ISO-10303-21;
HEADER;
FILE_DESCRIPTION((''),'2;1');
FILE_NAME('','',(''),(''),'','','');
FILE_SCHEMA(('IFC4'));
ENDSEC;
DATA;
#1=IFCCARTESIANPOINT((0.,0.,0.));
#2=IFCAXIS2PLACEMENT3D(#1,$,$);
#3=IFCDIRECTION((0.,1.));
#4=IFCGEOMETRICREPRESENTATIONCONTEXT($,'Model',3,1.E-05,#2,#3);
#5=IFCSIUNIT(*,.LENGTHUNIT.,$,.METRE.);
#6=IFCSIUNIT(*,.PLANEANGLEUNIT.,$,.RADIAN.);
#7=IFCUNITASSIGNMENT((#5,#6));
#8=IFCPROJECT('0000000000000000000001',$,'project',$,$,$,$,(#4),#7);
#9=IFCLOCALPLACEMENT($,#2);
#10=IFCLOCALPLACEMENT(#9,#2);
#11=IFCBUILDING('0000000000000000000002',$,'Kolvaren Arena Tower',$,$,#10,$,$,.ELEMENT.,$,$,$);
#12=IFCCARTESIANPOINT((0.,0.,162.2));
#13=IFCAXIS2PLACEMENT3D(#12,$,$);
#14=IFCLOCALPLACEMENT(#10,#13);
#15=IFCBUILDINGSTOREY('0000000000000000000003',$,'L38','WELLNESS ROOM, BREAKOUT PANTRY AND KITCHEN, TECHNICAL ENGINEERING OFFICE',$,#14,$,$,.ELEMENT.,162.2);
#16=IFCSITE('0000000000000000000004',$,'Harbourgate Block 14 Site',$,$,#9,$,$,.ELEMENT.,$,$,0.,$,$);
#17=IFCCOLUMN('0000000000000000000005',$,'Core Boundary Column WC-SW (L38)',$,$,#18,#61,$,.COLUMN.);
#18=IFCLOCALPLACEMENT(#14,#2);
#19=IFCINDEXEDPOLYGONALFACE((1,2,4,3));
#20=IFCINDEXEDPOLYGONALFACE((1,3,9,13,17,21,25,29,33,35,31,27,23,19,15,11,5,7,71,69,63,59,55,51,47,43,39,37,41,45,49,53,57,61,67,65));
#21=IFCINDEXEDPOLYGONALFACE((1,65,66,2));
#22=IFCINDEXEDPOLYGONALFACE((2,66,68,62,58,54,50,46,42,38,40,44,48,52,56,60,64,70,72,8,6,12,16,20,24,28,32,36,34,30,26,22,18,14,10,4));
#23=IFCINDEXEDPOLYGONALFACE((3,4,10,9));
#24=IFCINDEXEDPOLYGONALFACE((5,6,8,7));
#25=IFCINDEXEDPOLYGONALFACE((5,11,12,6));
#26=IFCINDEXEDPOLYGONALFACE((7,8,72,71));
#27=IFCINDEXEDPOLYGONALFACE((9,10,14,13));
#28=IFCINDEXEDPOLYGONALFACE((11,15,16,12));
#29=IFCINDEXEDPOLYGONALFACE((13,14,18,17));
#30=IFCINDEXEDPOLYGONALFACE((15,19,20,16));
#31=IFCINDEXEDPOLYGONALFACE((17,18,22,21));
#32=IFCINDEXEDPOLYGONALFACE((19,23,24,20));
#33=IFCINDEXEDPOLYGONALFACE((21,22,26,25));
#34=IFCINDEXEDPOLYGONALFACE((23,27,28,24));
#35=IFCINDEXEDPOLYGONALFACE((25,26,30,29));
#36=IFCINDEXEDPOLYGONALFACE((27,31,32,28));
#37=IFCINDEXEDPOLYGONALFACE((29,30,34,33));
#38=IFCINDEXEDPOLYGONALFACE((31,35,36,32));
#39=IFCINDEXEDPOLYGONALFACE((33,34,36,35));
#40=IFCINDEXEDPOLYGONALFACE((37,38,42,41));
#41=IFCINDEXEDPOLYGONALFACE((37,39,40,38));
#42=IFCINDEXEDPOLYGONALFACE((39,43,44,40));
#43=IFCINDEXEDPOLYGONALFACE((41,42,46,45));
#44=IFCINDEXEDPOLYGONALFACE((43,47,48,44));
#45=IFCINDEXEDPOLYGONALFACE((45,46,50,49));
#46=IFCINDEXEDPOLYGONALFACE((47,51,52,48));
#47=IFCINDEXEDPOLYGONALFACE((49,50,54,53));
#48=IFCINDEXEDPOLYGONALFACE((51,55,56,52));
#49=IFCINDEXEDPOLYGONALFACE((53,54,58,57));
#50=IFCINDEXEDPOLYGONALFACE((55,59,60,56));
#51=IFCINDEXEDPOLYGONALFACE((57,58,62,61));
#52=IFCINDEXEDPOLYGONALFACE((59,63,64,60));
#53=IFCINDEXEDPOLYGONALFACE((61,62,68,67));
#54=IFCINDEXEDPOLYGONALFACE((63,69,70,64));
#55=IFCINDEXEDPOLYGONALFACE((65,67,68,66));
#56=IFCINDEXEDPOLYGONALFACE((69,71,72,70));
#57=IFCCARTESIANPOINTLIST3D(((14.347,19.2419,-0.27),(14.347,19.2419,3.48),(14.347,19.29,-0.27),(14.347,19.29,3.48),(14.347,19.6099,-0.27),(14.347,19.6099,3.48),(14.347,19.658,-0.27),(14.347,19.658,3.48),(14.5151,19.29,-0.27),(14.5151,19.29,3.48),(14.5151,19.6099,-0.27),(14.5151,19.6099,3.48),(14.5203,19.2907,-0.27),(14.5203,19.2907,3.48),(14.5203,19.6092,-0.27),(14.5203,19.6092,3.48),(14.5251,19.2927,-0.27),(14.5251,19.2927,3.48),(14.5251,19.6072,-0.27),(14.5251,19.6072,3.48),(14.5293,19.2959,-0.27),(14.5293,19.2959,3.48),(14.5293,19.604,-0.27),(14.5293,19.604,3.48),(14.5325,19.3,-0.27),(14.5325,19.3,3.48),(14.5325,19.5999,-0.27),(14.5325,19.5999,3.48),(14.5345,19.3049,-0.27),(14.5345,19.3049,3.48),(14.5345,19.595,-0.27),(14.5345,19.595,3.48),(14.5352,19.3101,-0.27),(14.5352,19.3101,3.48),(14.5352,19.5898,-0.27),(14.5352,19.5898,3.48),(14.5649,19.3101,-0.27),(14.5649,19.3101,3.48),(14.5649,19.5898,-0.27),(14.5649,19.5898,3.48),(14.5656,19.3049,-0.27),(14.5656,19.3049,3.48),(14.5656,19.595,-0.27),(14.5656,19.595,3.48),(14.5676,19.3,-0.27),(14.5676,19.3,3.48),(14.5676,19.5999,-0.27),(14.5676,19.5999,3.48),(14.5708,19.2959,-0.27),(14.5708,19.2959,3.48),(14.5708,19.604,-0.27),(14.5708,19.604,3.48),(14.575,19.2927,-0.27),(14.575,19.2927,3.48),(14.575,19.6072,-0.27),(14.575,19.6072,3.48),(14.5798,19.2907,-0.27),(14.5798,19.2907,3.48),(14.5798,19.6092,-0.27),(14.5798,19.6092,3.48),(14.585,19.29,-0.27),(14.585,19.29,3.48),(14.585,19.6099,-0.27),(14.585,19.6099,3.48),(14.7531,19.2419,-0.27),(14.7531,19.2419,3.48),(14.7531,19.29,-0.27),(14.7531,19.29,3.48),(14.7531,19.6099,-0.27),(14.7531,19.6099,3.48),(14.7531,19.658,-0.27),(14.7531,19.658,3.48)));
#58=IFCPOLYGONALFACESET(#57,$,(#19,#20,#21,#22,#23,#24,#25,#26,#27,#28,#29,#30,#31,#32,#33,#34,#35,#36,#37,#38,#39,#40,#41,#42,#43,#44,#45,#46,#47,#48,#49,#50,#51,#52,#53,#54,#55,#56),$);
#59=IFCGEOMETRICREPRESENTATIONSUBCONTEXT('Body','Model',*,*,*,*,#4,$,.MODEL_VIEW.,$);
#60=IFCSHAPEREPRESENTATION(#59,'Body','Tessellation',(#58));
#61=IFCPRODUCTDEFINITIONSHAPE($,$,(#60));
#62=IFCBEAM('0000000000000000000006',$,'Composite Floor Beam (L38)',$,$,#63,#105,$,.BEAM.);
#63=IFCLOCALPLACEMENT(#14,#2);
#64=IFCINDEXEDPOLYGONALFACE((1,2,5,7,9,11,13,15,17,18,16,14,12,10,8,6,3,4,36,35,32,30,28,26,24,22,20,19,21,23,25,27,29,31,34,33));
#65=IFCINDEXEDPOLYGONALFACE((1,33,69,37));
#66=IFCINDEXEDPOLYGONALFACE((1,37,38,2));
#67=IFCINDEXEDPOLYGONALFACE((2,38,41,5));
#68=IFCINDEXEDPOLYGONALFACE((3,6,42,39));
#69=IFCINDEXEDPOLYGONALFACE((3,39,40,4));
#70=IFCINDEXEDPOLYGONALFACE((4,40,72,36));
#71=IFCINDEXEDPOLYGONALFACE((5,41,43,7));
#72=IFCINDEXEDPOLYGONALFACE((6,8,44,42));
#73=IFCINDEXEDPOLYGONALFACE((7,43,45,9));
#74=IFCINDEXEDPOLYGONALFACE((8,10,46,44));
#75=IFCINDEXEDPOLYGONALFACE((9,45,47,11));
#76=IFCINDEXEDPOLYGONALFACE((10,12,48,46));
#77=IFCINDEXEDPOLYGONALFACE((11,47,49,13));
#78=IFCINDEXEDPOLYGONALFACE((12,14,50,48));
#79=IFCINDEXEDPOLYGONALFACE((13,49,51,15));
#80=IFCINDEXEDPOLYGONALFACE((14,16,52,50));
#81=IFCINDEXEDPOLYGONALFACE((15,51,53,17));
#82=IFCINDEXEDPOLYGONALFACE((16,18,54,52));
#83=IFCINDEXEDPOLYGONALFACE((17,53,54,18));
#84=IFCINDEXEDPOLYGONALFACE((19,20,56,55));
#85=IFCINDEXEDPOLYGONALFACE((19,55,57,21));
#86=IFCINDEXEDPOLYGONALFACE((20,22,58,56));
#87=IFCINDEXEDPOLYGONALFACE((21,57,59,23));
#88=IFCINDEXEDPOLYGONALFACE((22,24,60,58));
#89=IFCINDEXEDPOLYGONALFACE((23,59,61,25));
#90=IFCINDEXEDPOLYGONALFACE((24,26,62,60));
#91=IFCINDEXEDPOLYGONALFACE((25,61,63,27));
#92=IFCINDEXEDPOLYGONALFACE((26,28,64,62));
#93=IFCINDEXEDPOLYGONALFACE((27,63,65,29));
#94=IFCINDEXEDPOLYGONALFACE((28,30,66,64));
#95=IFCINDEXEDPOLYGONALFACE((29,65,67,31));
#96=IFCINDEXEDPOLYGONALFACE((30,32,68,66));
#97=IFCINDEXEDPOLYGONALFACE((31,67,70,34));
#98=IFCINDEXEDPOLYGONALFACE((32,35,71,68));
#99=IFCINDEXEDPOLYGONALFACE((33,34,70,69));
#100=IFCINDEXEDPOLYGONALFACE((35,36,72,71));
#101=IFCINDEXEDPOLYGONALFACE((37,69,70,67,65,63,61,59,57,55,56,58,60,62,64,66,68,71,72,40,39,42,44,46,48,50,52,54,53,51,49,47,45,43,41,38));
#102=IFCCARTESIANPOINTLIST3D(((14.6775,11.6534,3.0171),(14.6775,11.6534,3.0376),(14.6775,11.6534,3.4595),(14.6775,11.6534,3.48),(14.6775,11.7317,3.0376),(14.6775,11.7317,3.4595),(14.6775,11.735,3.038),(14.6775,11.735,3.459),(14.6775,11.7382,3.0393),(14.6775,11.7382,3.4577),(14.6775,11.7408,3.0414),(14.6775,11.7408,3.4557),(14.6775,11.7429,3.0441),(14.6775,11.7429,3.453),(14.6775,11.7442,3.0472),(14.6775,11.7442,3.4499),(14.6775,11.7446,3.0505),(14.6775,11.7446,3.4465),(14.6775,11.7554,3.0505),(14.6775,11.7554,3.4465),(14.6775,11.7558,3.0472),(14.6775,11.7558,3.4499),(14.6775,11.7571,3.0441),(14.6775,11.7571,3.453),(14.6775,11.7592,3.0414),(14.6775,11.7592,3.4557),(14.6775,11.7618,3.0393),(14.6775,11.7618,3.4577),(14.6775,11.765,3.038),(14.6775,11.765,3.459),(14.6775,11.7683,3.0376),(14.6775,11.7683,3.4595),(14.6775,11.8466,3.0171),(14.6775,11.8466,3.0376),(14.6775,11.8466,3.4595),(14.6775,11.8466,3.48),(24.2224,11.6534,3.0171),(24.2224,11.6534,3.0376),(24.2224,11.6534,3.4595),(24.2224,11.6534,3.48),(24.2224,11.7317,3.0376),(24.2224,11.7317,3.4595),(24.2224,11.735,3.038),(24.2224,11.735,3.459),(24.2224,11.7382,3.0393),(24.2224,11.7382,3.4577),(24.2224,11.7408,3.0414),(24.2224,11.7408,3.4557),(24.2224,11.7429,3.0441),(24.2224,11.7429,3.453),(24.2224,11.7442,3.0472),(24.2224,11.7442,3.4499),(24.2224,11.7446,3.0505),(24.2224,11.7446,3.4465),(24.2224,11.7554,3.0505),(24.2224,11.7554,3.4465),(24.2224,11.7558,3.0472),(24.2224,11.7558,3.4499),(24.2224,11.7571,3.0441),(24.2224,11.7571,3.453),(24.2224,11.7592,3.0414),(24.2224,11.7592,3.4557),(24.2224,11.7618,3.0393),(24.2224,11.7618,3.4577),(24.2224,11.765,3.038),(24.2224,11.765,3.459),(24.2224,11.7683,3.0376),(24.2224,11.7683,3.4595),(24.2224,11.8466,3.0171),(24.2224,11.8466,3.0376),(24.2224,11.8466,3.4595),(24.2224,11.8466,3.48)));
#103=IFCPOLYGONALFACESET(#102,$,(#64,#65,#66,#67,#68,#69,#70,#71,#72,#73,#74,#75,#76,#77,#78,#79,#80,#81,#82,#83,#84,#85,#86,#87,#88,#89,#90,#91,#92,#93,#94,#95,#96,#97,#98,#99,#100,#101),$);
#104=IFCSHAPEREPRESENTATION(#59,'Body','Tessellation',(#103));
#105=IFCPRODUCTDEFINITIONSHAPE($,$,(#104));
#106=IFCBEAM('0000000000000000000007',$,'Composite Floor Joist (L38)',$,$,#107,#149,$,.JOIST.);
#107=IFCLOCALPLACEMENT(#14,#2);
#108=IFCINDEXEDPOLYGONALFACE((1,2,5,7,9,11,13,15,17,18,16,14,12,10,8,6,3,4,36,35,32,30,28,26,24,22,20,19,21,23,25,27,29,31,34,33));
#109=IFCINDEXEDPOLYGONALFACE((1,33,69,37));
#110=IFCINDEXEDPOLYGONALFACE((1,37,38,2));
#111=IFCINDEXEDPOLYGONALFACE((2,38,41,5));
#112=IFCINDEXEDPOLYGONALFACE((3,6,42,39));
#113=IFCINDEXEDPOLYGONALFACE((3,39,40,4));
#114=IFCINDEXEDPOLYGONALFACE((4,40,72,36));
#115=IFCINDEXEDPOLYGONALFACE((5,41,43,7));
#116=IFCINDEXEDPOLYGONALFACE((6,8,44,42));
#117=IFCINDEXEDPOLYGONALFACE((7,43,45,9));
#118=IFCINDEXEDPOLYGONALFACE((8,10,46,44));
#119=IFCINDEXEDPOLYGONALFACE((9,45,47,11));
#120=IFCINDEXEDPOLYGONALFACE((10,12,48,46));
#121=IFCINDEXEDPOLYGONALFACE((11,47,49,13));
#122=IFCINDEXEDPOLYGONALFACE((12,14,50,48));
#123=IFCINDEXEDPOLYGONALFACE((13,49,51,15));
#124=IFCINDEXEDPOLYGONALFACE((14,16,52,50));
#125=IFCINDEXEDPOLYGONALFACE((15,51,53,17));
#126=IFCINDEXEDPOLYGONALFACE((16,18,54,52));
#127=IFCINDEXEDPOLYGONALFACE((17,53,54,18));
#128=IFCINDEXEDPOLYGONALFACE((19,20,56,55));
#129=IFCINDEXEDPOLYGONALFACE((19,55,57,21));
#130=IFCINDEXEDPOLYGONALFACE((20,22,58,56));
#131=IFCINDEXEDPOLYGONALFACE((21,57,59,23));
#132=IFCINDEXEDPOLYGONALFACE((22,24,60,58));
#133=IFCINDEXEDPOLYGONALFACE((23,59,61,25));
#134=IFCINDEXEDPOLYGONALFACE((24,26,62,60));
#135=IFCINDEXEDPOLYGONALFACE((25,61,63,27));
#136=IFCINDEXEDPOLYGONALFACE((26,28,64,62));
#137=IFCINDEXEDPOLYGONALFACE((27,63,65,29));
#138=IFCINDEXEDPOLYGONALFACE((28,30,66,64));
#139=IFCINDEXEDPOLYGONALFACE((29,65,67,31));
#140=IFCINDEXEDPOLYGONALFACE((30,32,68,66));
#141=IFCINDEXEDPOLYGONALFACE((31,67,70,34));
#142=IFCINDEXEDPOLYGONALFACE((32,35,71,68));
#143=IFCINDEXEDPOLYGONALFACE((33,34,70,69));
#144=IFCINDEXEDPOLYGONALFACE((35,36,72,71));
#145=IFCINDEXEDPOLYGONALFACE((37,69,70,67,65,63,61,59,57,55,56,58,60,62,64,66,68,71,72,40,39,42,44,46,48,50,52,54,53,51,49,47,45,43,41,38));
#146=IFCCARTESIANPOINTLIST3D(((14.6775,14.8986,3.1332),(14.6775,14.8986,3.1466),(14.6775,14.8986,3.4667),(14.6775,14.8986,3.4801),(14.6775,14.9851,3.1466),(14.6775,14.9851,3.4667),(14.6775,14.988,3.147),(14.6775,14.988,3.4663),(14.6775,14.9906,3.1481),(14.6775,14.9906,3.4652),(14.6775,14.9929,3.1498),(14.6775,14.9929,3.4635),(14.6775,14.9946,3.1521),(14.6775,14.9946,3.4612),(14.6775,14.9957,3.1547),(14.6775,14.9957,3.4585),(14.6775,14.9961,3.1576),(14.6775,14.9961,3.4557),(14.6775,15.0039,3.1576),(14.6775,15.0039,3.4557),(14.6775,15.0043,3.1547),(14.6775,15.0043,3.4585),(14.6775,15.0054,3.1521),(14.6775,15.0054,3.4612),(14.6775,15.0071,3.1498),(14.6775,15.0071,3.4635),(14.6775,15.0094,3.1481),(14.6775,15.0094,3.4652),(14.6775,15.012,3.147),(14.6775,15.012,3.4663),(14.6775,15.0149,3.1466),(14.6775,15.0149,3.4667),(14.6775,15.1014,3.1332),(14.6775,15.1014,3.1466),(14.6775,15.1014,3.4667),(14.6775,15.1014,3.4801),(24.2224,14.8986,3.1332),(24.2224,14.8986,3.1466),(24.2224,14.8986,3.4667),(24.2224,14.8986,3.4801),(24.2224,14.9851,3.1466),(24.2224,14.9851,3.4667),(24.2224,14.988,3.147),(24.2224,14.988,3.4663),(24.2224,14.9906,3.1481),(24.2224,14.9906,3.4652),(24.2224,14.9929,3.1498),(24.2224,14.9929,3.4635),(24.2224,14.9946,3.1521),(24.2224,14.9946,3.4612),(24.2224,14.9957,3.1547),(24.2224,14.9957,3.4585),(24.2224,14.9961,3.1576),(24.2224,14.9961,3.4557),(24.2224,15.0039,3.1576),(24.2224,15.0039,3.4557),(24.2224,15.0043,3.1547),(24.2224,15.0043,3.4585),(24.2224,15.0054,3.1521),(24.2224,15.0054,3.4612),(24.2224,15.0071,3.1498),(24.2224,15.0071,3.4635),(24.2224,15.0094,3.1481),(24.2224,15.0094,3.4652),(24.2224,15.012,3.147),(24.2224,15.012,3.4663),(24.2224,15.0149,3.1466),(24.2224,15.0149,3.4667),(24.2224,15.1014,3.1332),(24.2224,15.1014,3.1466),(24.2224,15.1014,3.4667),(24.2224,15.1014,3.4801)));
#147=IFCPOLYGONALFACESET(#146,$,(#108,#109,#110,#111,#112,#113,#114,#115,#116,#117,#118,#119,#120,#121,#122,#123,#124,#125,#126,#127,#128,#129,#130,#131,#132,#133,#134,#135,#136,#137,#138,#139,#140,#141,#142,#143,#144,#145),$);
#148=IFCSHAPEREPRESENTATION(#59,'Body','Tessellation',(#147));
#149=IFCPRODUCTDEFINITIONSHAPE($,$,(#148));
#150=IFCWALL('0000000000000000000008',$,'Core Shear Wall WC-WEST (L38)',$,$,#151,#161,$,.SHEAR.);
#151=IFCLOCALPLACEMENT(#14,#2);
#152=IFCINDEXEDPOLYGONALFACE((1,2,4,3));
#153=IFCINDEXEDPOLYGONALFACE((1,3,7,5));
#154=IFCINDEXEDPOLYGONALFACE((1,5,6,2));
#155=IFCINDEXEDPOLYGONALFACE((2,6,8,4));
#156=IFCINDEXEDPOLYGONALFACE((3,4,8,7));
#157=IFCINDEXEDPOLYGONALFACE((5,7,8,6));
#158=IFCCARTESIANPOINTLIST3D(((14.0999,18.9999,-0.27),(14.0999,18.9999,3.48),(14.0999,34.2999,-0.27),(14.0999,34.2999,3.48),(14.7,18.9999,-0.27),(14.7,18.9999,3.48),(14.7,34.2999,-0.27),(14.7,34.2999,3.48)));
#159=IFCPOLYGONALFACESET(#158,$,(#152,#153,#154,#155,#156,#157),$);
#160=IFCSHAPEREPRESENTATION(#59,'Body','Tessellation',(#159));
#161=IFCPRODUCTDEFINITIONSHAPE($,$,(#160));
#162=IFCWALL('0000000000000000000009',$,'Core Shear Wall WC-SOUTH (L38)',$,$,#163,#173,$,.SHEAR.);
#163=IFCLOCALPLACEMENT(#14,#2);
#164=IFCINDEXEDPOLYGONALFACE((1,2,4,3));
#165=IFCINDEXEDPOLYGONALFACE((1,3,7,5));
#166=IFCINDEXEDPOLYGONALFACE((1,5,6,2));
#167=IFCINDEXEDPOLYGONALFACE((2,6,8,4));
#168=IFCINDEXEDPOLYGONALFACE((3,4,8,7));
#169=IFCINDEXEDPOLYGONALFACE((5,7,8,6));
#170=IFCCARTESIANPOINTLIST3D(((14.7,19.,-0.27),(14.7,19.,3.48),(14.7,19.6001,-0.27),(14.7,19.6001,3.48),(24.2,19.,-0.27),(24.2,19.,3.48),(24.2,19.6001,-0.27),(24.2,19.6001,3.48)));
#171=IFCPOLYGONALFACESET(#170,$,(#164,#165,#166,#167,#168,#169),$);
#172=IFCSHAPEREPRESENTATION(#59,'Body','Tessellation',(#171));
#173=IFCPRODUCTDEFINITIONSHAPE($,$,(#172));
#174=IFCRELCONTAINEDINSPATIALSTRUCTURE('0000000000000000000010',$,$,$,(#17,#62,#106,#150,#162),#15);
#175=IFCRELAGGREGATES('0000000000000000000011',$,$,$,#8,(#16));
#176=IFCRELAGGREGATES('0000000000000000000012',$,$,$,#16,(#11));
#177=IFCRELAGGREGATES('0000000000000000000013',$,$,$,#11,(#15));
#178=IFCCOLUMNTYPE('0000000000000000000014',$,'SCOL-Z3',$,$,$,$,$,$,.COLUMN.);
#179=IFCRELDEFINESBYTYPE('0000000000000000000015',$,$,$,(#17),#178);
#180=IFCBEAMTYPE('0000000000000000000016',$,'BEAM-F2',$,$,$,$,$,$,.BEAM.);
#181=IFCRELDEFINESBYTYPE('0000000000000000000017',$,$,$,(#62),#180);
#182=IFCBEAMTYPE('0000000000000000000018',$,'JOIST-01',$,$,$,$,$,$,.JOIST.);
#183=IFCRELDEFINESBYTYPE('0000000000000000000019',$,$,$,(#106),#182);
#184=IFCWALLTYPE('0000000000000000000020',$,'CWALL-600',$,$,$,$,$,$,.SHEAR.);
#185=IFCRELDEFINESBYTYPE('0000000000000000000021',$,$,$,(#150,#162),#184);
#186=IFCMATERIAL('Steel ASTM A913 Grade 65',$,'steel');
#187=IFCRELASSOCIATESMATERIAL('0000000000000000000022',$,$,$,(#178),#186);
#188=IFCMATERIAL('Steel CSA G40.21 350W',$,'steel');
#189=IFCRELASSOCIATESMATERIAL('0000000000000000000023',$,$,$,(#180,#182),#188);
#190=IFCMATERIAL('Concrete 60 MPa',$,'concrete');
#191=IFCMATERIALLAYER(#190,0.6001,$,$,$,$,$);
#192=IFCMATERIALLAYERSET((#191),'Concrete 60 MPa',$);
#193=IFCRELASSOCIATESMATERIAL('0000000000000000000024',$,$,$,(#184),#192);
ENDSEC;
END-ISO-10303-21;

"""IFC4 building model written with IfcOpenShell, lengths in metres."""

from ifc_helpers import new_model, si_unit, direction, frame, frame_2d, origin, origin_2d, place, context, subcontext, project, spatial, rectangle, i_section, extrude, material, layer, layer_set, material_profile, profile_set, type_object, element, save


model = new_model("IFC4")

# Units and contexts
model_context = context("Model", 3, precision=1e-05, world=origin(), true_north=direction((0.0, 1.0)))
body_context = subcontext(model_context, "Body", "Model", "MODEL_VIEW")
ifc_project = project(units=[si_unit("LENGTHUNIT", "METRE"), si_unit("PLANEANGLEUNIT", "RADIAN")], contexts=[model_context])

# Site, building, storey
site_placement = place(None, origin())
site = spatial("IfcSite", under=ifc_project, at=site_placement, Name="Harbourgate Block 14 Site", CompositionType="ELEMENT", RefElevation=0.0)
building_placement = place(site_placement, origin())
building = spatial("IfcBuilding", under=site, at=building_placement, Name="Kolvaren Arena Tower", CompositionType="ELEMENT")
storey_placement = place(building_placement, frame((0.0, 0.0, 162.2)))
storey = spatial("IfcBuildingStorey", under=building, at=storey_placement, Name="L38", Description="WELLNESS ROOM, BREAKOUT PANTRY AND KITCHEN, TECHNICAL ENGINEERING OFFICE", CompositionType="ELEMENT", Elevation=162.2)

# Column
ifc_material_1 = material(Name="Steel ASTM A913 Grade 65", Category="steel")
ifc_material_profile_1 = material_profile(ifc_material_1, i_section(OverallWidth=0.406, OverallDepth=0.416, WebThickness=0.0298, FlangeThickness=0.0481, FilletRadius=0.02, at=origin_2d()), Name="W360x382")
ifc_profile_set_1 = profile_set([ifc_material_profile_1], Name="Steel ASTM A913 Grade 65")
column_type = type_object("IfcColumnType", Name="SCOL-Z3", PredefinedType="COLUMN", material=ifc_profile_set_1)
column_placement = place(storey_placement, frame((14.55, 19.45, -0.27), z_axis=(0.0, 0.0, 1.0), x_axis=(1.0, 0.0, 0.0)))
element("IfcColumn", 1, at=column_placement, inside=storey, type_object=column_type, Name="Core Boundary Column WC-SW (L38)", PredefinedType="COLUMN", context=body_context, shape_type="SweptSolid", body=[
    extrude(i_section(OverallWidth=0.406, OverallDepth=0.416, WebThickness=0.0298, FlangeThickness=0.0481, FilletRadius=0.02, at=origin_2d()), origin(), (0.0, 0.0, 1.0), 3.75),
])

# Beams
ifc_material_2 = material(Name="Steel CSA G40.21 350W", Category="steel")
ifc_material_profile_2 = material_profile(ifc_material_2, i_section(OverallWidth=0.1931, OverallDepth=0.4629, WebThickness=0.0107, FlangeThickness=0.0205, FilletRadius=0.0129, at=origin_2d()), Name="W460x113")
ifc_profile_set_2 = profile_set([ifc_material_profile_2], Name="Steel CSA G40.21 350W")
beam_type_1 = type_object("IfcBeamType", Name="BEAM-F2", PredefinedType="BEAM", material=ifc_profile_set_2)
beam_1_placement = place(storey_placement, frame((14.6775, 11.75, 3.2485), z_axis=(1.0, 0.0, 0.0), x_axis=(0.0, 1.0, 0.0)))
element("IfcBeam", 2, at=beam_1_placement, inside=storey, type_object=beam_type_1, Name="Composite Floor Beam (L38)", PredefinedType="BEAM", context=body_context, shape_type="SweptSolid", body=[
    extrude(i_section(OverallWidth=0.1931, OverallDepth=0.4629, WebThickness=0.0107, FlangeThickness=0.0205, FilletRadius=0.0129, at=origin_2d()), origin(), (0.0, 0.0, 1.0), 9.5449),
])
ifc_material_profile_3 = material_profile(ifc_material_2, i_section(OverallWidth=0.2029, OverallDepth=0.3469, WebThickness=0.0078, FlangeThickness=0.0134, FilletRadius=0.011, at=origin_2d()), Name="W360x64")
ifc_profile_set_3 = profile_set([ifc_material_profile_3], Name="Steel CSA G40.21 350W")
beam_type_2 = type_object("IfcBeamType", Name="JOIST-01", PredefinedType="JOIST", material=ifc_profile_set_3)
beam_2_placement = place(storey_placement, frame((14.6775, 15.0, 3.3066), z_axis=(1.0, 0.0, 0.0), x_axis=(0.0, 1.0, 0.0)))
element("IfcBeam", 3, at=beam_2_placement, inside=storey, type_object=beam_type_2, Name="Composite Floor Joist (L38)", PredefinedType="JOIST", context=body_context, shape_type="SweptSolid", body=[
    extrude(i_section(OverallWidth=0.2029, OverallDepth=0.3469, WebThickness=0.0078, FlangeThickness=0.0134, FilletRadius=0.011, at=origin_2d()), origin(), (0.0, 0.0, 1.0), 9.5449),
])

# Walls
ifc_material_3 = material(Name="Concrete 60 MPa", Category="concrete")
ifc_layer_1 = layer(ifc_material_3, 0.6001)
ifc_layer_set_1 = layer_set([ifc_layer_1], Name="Concrete 60 MPa")
wall_type_1 = type_object("IfcWallType", Name="CWALL-600", PredefinedType="SHEAR", material=ifc_layer_set_1)
wall_1_placement = place(storey_placement, frame((14.3999, 19.0, -0.27), z_axis=(0.0, 0.0, 1.0), x_axis=(0.0, 1.0, 0.0)))
element("IfcWall", 4, at=wall_1_placement, inside=storey, type_object=wall_type_1, Name="Core Shear Wall WC-WEST (L38)", PredefinedType="SHEAR", context=body_context, shape_type="SweptSolid", body=[
    extrude(rectangle(XDim=15.3, YDim=0.6001, at=frame_2d((7.6499, 0.0))), origin(), (0.0, 0.0, 1.0), 3.75),
])
wall_2_placement = place(storey_placement, frame((14.7, 19.3, -0.27), z_axis=(0.0, 0.0, 1.0), x_axis=(1.0, 0.0, 0.0)))
element("IfcWall", 5, at=wall_2_placement, inside=storey, type_object=wall_type_1, Name="Core Shear Wall WC-SOUTH (L38)", PredefinedType="SHEAR", context=body_context, shape_type="SweptSolid", body=[
    extrude(rectangle(XDim=9.5, YDim=0.6001, at=frame_2d((4.75, 0.0))), origin(), (0.0, 0.0, 1.0), 3.75),
])

save(model, "model.ifc")
